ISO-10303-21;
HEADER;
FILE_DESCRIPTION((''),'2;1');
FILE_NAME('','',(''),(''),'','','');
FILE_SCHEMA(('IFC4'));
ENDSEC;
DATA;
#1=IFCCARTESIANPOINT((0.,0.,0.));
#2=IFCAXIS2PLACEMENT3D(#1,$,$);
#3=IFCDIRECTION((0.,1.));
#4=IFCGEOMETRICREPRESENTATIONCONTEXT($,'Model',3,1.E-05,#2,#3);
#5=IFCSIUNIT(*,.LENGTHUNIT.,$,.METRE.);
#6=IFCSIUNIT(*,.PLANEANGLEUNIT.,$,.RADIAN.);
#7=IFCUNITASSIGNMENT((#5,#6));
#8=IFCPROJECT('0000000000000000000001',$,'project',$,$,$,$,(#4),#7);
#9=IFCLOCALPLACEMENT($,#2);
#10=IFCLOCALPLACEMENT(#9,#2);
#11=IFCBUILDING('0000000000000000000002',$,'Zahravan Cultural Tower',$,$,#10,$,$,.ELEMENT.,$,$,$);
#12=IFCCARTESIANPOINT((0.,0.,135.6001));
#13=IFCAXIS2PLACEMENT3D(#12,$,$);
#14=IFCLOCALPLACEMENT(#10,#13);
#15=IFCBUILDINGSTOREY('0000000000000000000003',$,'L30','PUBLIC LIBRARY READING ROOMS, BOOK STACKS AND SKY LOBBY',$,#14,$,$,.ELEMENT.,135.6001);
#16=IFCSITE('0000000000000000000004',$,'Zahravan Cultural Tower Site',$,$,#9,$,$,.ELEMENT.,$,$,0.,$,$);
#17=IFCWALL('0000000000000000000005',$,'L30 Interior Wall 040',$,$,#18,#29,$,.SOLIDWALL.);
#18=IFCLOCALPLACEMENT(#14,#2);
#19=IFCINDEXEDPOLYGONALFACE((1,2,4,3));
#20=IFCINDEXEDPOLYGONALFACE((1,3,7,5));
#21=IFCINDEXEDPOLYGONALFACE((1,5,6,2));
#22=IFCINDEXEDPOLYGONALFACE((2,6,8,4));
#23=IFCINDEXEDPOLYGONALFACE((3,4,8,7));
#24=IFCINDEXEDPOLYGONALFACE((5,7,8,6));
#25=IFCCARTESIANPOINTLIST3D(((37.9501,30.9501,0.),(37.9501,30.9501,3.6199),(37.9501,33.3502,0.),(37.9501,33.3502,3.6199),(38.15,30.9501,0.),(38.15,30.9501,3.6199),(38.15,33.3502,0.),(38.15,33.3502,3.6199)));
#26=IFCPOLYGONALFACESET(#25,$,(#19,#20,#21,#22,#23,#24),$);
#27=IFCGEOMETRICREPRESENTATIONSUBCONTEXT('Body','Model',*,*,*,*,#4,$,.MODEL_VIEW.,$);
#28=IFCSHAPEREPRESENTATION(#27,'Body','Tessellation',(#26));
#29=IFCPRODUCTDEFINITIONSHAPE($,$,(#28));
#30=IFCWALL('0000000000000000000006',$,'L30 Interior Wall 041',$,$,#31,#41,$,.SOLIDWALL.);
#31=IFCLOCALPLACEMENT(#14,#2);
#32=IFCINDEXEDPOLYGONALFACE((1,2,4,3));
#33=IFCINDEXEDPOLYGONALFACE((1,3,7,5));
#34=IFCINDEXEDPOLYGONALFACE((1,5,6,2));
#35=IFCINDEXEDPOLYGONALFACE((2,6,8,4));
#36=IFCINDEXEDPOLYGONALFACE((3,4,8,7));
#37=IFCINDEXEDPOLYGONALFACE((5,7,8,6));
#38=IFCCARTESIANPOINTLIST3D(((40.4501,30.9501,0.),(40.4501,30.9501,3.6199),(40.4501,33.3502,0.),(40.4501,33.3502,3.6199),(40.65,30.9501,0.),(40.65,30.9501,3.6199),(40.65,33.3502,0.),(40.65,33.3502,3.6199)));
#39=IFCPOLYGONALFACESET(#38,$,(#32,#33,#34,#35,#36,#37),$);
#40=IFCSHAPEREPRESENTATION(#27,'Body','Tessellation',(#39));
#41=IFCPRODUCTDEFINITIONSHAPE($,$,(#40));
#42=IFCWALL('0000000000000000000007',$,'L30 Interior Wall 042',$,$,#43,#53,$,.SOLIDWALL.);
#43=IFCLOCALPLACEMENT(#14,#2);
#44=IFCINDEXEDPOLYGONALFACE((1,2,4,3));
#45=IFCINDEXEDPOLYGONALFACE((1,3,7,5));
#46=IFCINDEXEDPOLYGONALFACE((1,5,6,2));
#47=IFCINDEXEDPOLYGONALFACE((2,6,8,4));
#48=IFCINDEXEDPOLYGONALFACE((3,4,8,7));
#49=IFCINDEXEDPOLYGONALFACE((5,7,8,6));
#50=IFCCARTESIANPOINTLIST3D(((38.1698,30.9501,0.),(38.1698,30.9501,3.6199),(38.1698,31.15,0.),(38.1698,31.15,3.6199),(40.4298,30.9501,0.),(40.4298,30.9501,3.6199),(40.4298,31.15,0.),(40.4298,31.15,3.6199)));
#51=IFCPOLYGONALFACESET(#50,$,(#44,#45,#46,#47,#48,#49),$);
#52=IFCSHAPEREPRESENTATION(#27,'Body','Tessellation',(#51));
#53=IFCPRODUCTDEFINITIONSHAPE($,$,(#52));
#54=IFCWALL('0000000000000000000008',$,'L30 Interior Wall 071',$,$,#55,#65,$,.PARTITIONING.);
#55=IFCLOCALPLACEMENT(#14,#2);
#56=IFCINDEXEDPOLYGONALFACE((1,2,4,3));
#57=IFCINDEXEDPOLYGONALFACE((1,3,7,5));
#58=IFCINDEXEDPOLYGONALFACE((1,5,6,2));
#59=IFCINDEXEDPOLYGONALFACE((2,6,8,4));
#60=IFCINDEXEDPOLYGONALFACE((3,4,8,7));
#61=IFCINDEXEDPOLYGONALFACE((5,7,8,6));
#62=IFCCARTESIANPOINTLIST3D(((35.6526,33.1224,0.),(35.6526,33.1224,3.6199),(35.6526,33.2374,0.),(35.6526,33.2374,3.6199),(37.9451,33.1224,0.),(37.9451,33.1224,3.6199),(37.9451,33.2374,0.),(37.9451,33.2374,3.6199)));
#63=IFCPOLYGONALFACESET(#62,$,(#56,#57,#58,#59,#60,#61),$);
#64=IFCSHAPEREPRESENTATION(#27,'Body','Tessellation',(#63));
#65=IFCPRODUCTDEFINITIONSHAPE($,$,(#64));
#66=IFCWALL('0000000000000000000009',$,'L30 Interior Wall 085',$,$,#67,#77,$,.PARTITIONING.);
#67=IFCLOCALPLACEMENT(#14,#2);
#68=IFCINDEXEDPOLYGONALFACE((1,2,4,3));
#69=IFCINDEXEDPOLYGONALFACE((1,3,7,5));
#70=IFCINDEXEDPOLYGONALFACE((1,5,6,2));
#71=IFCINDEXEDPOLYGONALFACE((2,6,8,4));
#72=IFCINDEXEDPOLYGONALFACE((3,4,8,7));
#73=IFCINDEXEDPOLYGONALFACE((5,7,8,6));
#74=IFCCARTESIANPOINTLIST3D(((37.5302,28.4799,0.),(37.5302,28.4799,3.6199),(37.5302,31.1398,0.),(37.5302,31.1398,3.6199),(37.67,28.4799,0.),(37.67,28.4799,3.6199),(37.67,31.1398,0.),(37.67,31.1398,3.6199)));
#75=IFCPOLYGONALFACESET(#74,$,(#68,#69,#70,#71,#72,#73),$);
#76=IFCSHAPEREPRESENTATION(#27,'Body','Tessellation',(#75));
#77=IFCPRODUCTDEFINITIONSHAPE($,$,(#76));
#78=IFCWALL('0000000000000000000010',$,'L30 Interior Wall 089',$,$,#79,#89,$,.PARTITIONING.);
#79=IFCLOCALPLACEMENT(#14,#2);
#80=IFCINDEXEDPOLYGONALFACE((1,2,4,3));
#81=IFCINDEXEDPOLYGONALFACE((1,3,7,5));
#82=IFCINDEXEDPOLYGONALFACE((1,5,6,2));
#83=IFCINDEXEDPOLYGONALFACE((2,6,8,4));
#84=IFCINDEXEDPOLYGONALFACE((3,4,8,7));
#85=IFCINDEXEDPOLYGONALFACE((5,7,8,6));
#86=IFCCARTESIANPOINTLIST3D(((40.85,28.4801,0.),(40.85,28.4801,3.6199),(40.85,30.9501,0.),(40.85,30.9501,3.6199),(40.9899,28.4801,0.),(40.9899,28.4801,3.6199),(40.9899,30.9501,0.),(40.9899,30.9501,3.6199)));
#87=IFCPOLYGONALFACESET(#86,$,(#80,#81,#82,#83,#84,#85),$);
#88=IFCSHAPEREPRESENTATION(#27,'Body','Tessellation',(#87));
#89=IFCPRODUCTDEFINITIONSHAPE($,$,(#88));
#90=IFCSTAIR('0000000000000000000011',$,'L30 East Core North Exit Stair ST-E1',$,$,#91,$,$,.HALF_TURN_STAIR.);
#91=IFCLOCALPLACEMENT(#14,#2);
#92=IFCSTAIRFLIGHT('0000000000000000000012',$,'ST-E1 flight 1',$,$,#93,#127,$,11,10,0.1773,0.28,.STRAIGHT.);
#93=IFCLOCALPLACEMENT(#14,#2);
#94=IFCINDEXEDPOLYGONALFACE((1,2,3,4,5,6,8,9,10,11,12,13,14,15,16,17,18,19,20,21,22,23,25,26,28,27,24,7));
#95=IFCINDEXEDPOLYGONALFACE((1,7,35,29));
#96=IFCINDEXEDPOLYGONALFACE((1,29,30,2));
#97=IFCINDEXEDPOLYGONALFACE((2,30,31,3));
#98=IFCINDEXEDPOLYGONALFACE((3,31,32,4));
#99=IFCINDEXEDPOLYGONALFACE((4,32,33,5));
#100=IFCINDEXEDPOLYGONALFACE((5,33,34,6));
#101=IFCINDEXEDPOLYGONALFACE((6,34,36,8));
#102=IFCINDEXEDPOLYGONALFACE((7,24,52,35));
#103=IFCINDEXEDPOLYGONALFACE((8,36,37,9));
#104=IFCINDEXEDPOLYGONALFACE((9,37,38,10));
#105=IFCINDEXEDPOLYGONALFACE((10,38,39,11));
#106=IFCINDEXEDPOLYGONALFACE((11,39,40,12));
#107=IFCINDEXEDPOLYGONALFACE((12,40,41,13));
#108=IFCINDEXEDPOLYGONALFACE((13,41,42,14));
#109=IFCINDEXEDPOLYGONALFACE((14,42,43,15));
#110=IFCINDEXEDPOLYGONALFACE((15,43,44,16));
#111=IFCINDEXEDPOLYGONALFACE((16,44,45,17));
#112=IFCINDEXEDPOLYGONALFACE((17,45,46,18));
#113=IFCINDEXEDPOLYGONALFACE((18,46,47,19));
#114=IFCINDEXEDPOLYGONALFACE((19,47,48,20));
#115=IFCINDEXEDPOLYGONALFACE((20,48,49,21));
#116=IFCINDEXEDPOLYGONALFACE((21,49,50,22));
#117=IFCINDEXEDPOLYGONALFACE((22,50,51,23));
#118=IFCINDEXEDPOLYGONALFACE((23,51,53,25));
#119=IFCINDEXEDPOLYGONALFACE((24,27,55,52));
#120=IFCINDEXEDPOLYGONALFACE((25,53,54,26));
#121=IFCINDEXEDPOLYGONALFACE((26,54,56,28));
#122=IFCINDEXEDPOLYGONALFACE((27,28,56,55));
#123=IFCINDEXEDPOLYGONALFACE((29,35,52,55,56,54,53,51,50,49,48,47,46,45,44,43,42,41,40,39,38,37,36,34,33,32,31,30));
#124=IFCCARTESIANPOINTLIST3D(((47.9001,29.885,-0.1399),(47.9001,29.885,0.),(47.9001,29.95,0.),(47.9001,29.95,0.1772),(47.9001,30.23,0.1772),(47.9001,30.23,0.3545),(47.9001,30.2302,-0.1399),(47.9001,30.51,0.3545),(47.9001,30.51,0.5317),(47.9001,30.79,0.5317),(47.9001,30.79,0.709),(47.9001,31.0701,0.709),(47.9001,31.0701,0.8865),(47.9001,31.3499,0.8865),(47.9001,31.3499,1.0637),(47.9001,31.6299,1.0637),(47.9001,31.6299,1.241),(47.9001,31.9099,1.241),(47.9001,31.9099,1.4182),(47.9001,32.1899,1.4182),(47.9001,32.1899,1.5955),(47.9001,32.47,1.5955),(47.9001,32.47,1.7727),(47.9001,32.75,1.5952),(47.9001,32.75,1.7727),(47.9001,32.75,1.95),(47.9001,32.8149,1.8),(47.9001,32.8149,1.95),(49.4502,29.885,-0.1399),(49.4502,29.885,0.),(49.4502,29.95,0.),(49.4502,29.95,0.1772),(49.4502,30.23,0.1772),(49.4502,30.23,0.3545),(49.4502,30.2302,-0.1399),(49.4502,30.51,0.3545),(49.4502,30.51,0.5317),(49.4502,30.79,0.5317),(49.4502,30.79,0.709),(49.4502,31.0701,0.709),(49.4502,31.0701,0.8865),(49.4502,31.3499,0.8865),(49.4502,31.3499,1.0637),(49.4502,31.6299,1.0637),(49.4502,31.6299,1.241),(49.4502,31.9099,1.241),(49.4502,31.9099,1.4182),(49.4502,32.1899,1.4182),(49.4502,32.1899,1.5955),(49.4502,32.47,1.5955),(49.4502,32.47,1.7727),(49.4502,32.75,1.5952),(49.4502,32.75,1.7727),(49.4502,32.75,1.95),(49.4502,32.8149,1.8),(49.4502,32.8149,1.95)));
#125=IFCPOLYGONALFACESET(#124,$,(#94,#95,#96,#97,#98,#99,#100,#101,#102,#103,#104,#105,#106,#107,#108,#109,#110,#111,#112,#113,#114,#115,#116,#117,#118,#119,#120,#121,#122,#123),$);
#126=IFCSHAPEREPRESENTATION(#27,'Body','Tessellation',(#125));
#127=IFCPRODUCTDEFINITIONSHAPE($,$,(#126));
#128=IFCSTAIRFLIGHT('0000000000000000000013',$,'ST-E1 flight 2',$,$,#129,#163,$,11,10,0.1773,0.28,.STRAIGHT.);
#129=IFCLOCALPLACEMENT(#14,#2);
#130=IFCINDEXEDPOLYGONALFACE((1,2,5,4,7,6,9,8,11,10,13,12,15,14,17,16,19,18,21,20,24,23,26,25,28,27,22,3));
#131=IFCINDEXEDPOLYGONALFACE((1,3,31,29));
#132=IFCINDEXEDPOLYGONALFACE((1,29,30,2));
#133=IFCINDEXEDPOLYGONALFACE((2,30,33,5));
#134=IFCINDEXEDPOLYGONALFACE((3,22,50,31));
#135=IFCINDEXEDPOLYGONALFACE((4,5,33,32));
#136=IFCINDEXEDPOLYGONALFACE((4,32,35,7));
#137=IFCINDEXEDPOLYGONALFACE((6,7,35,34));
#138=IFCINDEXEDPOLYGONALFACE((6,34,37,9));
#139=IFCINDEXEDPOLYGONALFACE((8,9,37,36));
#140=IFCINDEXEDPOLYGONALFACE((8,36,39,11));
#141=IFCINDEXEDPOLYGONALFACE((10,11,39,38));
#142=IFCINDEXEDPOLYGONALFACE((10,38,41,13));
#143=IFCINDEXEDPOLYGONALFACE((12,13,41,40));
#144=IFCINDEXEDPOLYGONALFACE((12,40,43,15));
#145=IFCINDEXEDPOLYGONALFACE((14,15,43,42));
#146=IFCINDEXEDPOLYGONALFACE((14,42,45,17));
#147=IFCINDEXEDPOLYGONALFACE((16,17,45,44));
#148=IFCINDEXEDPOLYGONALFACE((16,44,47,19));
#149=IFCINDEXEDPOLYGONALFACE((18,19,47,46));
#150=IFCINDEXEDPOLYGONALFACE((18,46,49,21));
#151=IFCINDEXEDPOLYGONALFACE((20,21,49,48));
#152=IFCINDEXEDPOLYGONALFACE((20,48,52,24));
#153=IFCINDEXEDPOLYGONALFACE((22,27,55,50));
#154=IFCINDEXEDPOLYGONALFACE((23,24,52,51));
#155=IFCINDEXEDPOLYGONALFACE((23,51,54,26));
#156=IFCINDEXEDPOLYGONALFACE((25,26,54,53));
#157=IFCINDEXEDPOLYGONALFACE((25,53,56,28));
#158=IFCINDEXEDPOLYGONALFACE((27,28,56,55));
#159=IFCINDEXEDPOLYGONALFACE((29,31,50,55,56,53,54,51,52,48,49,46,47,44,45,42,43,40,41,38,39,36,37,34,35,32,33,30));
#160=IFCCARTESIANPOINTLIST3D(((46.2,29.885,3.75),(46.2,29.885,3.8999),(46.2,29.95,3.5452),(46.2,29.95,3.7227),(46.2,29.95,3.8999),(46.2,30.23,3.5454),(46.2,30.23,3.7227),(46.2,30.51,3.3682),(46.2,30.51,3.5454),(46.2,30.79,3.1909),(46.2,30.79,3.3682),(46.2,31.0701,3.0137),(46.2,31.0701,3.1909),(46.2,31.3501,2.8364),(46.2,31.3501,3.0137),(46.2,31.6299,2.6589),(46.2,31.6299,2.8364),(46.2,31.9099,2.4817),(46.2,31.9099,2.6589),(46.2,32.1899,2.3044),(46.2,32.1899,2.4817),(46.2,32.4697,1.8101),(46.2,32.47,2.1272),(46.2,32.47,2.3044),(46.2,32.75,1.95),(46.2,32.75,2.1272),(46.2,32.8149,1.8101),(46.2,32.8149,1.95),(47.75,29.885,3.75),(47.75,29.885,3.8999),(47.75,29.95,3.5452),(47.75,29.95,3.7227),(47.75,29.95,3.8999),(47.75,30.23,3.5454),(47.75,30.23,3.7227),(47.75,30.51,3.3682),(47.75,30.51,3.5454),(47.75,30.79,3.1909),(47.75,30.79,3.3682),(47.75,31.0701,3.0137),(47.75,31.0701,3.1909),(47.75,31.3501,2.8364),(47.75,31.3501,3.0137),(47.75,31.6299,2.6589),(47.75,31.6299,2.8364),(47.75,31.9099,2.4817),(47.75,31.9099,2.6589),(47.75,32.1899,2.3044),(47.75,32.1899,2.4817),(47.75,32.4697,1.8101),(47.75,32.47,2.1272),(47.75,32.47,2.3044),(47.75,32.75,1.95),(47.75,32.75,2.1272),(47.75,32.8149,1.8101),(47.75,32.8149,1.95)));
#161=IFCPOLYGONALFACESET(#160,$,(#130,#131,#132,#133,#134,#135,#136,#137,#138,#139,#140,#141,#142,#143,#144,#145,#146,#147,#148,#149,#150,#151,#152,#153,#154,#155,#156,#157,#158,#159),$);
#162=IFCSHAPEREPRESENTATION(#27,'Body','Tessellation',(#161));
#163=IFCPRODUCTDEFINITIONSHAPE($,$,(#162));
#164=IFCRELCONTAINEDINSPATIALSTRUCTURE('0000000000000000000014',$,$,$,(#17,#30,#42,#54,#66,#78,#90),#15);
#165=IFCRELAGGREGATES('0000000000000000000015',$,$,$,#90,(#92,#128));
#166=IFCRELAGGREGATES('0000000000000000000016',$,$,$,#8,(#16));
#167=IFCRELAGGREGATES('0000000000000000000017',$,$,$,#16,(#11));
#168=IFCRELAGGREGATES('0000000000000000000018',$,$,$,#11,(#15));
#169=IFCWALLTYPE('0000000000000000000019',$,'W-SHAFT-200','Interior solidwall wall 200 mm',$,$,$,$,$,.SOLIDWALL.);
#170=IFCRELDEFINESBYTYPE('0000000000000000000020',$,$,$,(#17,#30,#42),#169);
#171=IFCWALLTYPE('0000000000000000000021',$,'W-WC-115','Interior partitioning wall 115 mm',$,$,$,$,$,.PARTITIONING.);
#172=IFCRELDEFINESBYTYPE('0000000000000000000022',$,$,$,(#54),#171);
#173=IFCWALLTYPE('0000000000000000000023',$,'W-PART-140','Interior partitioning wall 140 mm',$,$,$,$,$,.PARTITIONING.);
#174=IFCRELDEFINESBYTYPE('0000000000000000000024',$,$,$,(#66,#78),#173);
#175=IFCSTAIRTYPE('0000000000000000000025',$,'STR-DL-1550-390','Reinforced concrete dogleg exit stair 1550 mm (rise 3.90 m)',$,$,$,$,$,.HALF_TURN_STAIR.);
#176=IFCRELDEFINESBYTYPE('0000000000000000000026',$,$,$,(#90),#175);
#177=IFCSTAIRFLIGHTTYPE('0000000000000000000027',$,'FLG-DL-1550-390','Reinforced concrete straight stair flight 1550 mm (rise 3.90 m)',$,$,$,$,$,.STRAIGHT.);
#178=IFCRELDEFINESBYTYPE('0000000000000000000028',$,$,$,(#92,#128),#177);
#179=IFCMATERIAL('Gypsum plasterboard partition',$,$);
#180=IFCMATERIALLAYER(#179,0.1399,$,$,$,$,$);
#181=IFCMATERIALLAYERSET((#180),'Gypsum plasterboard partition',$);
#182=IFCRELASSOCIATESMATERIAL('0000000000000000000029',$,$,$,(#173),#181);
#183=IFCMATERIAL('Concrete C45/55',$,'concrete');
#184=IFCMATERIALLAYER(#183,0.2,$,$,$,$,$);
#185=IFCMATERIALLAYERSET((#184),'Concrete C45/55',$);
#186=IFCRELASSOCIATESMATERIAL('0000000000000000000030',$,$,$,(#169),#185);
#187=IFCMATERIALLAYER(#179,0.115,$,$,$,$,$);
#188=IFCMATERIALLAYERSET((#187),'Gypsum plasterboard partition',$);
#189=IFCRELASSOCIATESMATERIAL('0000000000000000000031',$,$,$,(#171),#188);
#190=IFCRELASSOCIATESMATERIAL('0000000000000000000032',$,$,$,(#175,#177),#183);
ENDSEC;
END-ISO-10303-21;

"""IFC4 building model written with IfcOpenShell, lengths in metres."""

from ifc_helpers import new_model, si_unit, direction, frame, frame_2d, origin, place, context, subcontext, project, spatial, polyline, rectangle, outline, extrude, source, transform, mapped, material, layer, layer_set, type_object, element, aggregate, save


model = new_model("IFC4")

# Units and contexts
model_context = context("Model", 3, precision=1e-05, world=origin(), true_north=direction((0.0, 1.0)))
body_context = subcontext(model_context, "Body", "Model", "MODEL_VIEW")
ifc_project = project(units=[si_unit("LENGTHUNIT", "METRE"), si_unit("PLANEANGLEUNIT", "RADIAN")], contexts=[model_context])

# Site, building, storey
site_placement = place(None, origin())
site = spatial("IfcSite", under=ifc_project, at=site_placement, Name="Zahravan Cultural Tower Site", CompositionType="ELEMENT", RefElevation=0.0)
building_placement = place(site_placement, origin())
building = spatial("IfcBuilding", under=site, at=building_placement, Name="Zahravan Cultural Tower", CompositionType="ELEMENT")
storey_placement = place(building_placement, frame((0.0, 0.0, 135.6001)))
storey = spatial("IfcBuildingStorey", under=building, at=storey_placement, Name="L30", Description="PUBLIC LIBRARY READING ROOMS, BOOK STACKS AND SKY LOBBY", CompositionType="ELEMENT", Elevation=135.6001)

# Shared definitions
ifc_material_1 = material(Name="Gypsum plasterboard partition")
ifc_layer_1 = layer(ifc_material_1, 0.1399)
ifc_layer_set_1 = layer_set([ifc_layer_1], Name="Gypsum plasterboard partition")
wall_type_1 = type_object("IfcWallType", Name="W-PART-140", Description="Interior partitioning wall 140 mm", PredefinedType="PARTITIONING", material=ifc_layer_set_1)
ifc_material_2 = material(Name="Concrete C45/55", Category="concrete")
ifc_layer_2 = layer(ifc_material_2, 0.2)
ifc_layer_set_2 = layer_set([ifc_layer_2], Name="Concrete C45/55")
wall_type_2 = type_object("IfcWallType", Name="W-SHAFT-200", Description="Interior solidwall wall 200 mm", PredefinedType="SOLIDWALL", material=ifc_layer_set_2)
ifc_layer_3 = layer(ifc_material_1, 0.115)
ifc_layer_set_3 = layer_set([ifc_layer_3], Name="Gypsum plasterboard partition")
wall_type_3 = type_object("IfcWallType", Name="W-WC-115", Description="Interior partitioning wall 115 mm", PredefinedType="PARTITIONING", material=ifc_layer_set_3)

# Walls
shared_shape_1 = source(origin(), body_context, "Body", "SweptSolid", [
    extrude(rectangle(XDim=2.4001, YDim=0.2, at=frame_2d((1.2002, 0.0))), origin(), (0.0, 0.0, 1.0), 3.6199),
])
for number, where, z_axis, x_axis, name in (
    (1, (38.05, 30.95, 0.0), (0.0, 0.0, 1.0), (0.0, 1.0, 0.0), "L30 Interior Wall 040"),
    (2, (40.55, 30.95, 0.0), (0.0, 0.0, 1.0), (0.0, 1.0, 0.0), "L30 Interior Wall 041"),
):
    element("IfcWall", number, at=place(storey_placement, frame(where, z_axis=z_axis, x_axis=x_axis)), inside=storey, type_object=wall_type_2, Name=name, PredefinedType="SOLIDWALL", context=body_context, shape_type="MappedRepresentation", body=[
        mapped(shared_shape_1, transform((0.0, 0.0, 0.0), x_axis=(1.0, 0.0, 0.0), y_axis=(0.0, 1.0, 0.0), z_axis=(0.0, 0.0, 1.0), scale=1.0)),
    ])
shared_shape_2 = source(origin(), body_context, "Body", "SweptSolid", [
    extrude(rectangle(XDim=2.26, YDim=0.2, at=frame_2d((1.1299, 0.0))), origin(), (0.0, 0.0, 1.0), 3.6199),
])
wall_1_placement = place(storey_placement, frame((38.1699, 31.05, 0.0), z_axis=(0.0, 0.0, 1.0), x_axis=(1.0, 0.0, 0.0)))
element("IfcWall", 3, at=wall_1_placement, inside=storey, type_object=wall_type_2, Name="L30 Interior Wall 042", PredefinedType="SOLIDWALL", context=body_context, shape_type="MappedRepresentation", body=[
    mapped(shared_shape_2, transform((0.0, 0.0, 0.0), x_axis=(1.0, 0.0, 0.0), y_axis=(0.0, 1.0, 0.0), z_axis=(0.0, 0.0, 1.0), scale=1.0)),
])
shared_shape_3 = source(origin(), body_context, "Body", "SweptSolid", [
    extrude(rectangle(XDim=2.2925, YDim=0.115, at=frame_2d((1.1462, 0.0))), origin(), (0.0, 0.0, 1.0), 3.6199),
])
wall_2_placement = place(storey_placement, frame((35.6526, 33.1799, 0.0), z_axis=(0.0, 0.0, 1.0), x_axis=(1.0, 0.0, 0.0)))
element("IfcWall", 4, at=wall_2_placement, inside=storey, type_object=wall_type_3, Name="L30 Interior Wall 071", PredefinedType="PARTITIONING", context=body_context, shape_type="MappedRepresentation", body=[
    mapped(shared_shape_3, transform((0.0, 0.0, 0.0), x_axis=(1.0, 0.0, 0.0), y_axis=(0.0, 1.0, 0.0), z_axis=(0.0, 0.0, 1.0), scale=1.0)),
])
shared_shape_4 = source(origin(), body_context, "Body", "SweptSolid", [
    extrude(rectangle(XDim=2.6599, YDim=0.1399, at=frame_2d((1.3301, 0.0))), origin(), (0.0, 0.0, 1.0), 3.6199),
])
wall_3_placement = place(storey_placement, frame((37.6001, 31.1399, 0.0), z_axis=(0.0, 0.0, 1.0), x_axis=(0.0, -1.0, 0.0)))
element("IfcWall", 5, at=wall_3_placement, inside=storey, type_object=wall_type_1, Name="L30 Interior Wall 085", PredefinedType="PARTITIONING", context=body_context, shape_type="MappedRepresentation", body=[
    mapped(shared_shape_4, transform((0.0, 0.0, 0.0), x_axis=(1.0, 0.0, 0.0), y_axis=(0.0, 1.0, 0.0), z_axis=(0.0, 0.0, 1.0), scale=1.0)),
])
shared_shape_5 = source(origin(), body_context, "Body", "SweptSolid", [
    extrude(rectangle(XDim=2.47, YDim=0.1399, at=frame_2d((1.2349, 0.0))), origin(), (0.0, 0.0, 1.0), 3.6199),
])
wall_4_placement = place(storey_placement, frame((40.9199, 30.95, 0.0), z_axis=(0.0, 0.0, 1.0), x_axis=(0.0, -1.0, 0.0)))
element("IfcWall", 6, at=wall_4_placement, inside=storey, type_object=wall_type_1, Name="L30 Interior Wall 089", PredefinedType="PARTITIONING", context=body_context, shape_type="MappedRepresentation", body=[
    mapped(shared_shape_5, transform((0.0, 0.0, 0.0), x_axis=(1.0, 0.0, 0.0), y_axis=(0.0, 1.0, 0.0), z_axis=(0.0, 0.0, 1.0), scale=1.0)),
])

# Stair, stair flights
stair_type = type_object("IfcStairType", Name="STR-DL-1550-390", Description="Reinforced concrete dogleg exit stair 1550 mm (rise 3.90 m)", PredefinedType="HALF_TURN_STAIR", material=ifc_material_2)
stair_placement = place(storey_placement, origin())
stair = element("IfcStair", 7, at=stair_placement, inside=storey, type_object=stair_type, Name="L30 East Core North Exit Stair ST-E1", PredefinedType="HALF_TURN_STAIR")
stair_flight_type = type_object("IfcStairFlightType", Name="FLG-DL-1550-390", Description="Reinforced concrete straight stair flight 1550 mm (rise 3.90 m)", PredefinedType="STRAIGHT", material=ifc_material_2)
stair_flight_1_placement = place(storey_placement, frame((48.675, 29.95, 0.0), z_axis=(0.0, 0.0, 1.0), x_axis=(0.0, 1.0, 0.0)))
stair_flight_1 = element("IfcStairFlight", 8, at=stair_flight_1_placement, type_object=stair_flight_type, Name="ST-E1 flight 1", NumberOfRisers=11, NumberOfTreads=10, PredefinedType="STRAIGHT", RiserHeight=0.1773, TreadLength=0.28, context=body_context, shape_type="SweptSolid", body=[
    extrude(outline(polyline([(-0.0649, -0.1399), (-0.0649, 0.0), (0.0, 0.0), (0.0, 0.1772), (0.28, 0.1772), (0.28, 0.3545), (0.5601, 0.3545), (0.5601, 0.5317), (0.8401, 0.5317), (0.8401, 0.709), (1.1201, 0.709), (1.1201, 0.8865), (1.3999, 0.8865), (1.3999, 1.0637), (1.6799, 1.0637), (1.6799, 1.241), (1.96, 1.241), (1.96, 1.4182), (2.24, 1.4182), (2.24, 1.5955), (2.52, 1.5955), (2.52, 1.7727), (2.8, 1.7727), (2.8, 1.95), (2.865, 1.95), (2.865, 1.8), (2.8, 1.5952), (0.2803, -0.1399), (-0.0649, -0.1399)])), frame((0.0, 0.7749, 0.0), z_axis=(0.0, -1.0, 0.0), x_axis=(1.0, 0.0, 0.0)), (0.0, 0.0, 1.0), 1.55),
])
stair_flight_2_placement = place(storey_placement, frame((46.9751, 32.75, 1.95), z_axis=(0.0, 0.0, 1.0), x_axis=(0.0, -1.0, 0.0)))
stair_flight_2 = element("IfcStairFlight", 9, at=stair_flight_2_placement, type_object=stair_flight_type, Name="ST-E1 flight 2", NumberOfRisers=11, NumberOfTreads=10, PredefinedType="STRAIGHT", RiserHeight=0.1773, TreadLength=0.28, context=body_context, shape_type="SweptSolid", body=[
    extrude(outline(polyline([(-0.0649, -0.1399), (-0.0649, 0.0), (0.0, 0.0), (0.0, 0.1772), (0.28, 0.1772), (0.28, 0.3545), (0.5601, 0.3545), (0.5601, 0.5317), (0.8401, 0.5317), (0.8401, 0.709), (1.1201, 0.709), (1.1201, 0.8865), (1.3999, 0.8865), (1.3999, 1.0637), (1.6799, 1.0637), (1.6799, 1.241), (1.96, 1.241), (1.96, 1.4182), (2.24, 1.4182), (2.24, 1.5955), (2.52, 1.5955), (2.52, 1.7727), (2.8, 1.7727), (2.8, 1.95), (2.865, 1.95), (2.865, 1.8), (2.8, 1.5952), (0.2803, -0.1399), (-0.0649, -0.1399)])), frame((0.0, 0.7749, 0.0), z_axis=(0.0, -1.0, 0.0), x_axis=(1.0, 0.0, 0.0)), (0.0, 0.0, 1.0), 1.55),
])
aggregate(stair, [stair_flight_1, stair_flight_2])

save(model, "model.ifc")
